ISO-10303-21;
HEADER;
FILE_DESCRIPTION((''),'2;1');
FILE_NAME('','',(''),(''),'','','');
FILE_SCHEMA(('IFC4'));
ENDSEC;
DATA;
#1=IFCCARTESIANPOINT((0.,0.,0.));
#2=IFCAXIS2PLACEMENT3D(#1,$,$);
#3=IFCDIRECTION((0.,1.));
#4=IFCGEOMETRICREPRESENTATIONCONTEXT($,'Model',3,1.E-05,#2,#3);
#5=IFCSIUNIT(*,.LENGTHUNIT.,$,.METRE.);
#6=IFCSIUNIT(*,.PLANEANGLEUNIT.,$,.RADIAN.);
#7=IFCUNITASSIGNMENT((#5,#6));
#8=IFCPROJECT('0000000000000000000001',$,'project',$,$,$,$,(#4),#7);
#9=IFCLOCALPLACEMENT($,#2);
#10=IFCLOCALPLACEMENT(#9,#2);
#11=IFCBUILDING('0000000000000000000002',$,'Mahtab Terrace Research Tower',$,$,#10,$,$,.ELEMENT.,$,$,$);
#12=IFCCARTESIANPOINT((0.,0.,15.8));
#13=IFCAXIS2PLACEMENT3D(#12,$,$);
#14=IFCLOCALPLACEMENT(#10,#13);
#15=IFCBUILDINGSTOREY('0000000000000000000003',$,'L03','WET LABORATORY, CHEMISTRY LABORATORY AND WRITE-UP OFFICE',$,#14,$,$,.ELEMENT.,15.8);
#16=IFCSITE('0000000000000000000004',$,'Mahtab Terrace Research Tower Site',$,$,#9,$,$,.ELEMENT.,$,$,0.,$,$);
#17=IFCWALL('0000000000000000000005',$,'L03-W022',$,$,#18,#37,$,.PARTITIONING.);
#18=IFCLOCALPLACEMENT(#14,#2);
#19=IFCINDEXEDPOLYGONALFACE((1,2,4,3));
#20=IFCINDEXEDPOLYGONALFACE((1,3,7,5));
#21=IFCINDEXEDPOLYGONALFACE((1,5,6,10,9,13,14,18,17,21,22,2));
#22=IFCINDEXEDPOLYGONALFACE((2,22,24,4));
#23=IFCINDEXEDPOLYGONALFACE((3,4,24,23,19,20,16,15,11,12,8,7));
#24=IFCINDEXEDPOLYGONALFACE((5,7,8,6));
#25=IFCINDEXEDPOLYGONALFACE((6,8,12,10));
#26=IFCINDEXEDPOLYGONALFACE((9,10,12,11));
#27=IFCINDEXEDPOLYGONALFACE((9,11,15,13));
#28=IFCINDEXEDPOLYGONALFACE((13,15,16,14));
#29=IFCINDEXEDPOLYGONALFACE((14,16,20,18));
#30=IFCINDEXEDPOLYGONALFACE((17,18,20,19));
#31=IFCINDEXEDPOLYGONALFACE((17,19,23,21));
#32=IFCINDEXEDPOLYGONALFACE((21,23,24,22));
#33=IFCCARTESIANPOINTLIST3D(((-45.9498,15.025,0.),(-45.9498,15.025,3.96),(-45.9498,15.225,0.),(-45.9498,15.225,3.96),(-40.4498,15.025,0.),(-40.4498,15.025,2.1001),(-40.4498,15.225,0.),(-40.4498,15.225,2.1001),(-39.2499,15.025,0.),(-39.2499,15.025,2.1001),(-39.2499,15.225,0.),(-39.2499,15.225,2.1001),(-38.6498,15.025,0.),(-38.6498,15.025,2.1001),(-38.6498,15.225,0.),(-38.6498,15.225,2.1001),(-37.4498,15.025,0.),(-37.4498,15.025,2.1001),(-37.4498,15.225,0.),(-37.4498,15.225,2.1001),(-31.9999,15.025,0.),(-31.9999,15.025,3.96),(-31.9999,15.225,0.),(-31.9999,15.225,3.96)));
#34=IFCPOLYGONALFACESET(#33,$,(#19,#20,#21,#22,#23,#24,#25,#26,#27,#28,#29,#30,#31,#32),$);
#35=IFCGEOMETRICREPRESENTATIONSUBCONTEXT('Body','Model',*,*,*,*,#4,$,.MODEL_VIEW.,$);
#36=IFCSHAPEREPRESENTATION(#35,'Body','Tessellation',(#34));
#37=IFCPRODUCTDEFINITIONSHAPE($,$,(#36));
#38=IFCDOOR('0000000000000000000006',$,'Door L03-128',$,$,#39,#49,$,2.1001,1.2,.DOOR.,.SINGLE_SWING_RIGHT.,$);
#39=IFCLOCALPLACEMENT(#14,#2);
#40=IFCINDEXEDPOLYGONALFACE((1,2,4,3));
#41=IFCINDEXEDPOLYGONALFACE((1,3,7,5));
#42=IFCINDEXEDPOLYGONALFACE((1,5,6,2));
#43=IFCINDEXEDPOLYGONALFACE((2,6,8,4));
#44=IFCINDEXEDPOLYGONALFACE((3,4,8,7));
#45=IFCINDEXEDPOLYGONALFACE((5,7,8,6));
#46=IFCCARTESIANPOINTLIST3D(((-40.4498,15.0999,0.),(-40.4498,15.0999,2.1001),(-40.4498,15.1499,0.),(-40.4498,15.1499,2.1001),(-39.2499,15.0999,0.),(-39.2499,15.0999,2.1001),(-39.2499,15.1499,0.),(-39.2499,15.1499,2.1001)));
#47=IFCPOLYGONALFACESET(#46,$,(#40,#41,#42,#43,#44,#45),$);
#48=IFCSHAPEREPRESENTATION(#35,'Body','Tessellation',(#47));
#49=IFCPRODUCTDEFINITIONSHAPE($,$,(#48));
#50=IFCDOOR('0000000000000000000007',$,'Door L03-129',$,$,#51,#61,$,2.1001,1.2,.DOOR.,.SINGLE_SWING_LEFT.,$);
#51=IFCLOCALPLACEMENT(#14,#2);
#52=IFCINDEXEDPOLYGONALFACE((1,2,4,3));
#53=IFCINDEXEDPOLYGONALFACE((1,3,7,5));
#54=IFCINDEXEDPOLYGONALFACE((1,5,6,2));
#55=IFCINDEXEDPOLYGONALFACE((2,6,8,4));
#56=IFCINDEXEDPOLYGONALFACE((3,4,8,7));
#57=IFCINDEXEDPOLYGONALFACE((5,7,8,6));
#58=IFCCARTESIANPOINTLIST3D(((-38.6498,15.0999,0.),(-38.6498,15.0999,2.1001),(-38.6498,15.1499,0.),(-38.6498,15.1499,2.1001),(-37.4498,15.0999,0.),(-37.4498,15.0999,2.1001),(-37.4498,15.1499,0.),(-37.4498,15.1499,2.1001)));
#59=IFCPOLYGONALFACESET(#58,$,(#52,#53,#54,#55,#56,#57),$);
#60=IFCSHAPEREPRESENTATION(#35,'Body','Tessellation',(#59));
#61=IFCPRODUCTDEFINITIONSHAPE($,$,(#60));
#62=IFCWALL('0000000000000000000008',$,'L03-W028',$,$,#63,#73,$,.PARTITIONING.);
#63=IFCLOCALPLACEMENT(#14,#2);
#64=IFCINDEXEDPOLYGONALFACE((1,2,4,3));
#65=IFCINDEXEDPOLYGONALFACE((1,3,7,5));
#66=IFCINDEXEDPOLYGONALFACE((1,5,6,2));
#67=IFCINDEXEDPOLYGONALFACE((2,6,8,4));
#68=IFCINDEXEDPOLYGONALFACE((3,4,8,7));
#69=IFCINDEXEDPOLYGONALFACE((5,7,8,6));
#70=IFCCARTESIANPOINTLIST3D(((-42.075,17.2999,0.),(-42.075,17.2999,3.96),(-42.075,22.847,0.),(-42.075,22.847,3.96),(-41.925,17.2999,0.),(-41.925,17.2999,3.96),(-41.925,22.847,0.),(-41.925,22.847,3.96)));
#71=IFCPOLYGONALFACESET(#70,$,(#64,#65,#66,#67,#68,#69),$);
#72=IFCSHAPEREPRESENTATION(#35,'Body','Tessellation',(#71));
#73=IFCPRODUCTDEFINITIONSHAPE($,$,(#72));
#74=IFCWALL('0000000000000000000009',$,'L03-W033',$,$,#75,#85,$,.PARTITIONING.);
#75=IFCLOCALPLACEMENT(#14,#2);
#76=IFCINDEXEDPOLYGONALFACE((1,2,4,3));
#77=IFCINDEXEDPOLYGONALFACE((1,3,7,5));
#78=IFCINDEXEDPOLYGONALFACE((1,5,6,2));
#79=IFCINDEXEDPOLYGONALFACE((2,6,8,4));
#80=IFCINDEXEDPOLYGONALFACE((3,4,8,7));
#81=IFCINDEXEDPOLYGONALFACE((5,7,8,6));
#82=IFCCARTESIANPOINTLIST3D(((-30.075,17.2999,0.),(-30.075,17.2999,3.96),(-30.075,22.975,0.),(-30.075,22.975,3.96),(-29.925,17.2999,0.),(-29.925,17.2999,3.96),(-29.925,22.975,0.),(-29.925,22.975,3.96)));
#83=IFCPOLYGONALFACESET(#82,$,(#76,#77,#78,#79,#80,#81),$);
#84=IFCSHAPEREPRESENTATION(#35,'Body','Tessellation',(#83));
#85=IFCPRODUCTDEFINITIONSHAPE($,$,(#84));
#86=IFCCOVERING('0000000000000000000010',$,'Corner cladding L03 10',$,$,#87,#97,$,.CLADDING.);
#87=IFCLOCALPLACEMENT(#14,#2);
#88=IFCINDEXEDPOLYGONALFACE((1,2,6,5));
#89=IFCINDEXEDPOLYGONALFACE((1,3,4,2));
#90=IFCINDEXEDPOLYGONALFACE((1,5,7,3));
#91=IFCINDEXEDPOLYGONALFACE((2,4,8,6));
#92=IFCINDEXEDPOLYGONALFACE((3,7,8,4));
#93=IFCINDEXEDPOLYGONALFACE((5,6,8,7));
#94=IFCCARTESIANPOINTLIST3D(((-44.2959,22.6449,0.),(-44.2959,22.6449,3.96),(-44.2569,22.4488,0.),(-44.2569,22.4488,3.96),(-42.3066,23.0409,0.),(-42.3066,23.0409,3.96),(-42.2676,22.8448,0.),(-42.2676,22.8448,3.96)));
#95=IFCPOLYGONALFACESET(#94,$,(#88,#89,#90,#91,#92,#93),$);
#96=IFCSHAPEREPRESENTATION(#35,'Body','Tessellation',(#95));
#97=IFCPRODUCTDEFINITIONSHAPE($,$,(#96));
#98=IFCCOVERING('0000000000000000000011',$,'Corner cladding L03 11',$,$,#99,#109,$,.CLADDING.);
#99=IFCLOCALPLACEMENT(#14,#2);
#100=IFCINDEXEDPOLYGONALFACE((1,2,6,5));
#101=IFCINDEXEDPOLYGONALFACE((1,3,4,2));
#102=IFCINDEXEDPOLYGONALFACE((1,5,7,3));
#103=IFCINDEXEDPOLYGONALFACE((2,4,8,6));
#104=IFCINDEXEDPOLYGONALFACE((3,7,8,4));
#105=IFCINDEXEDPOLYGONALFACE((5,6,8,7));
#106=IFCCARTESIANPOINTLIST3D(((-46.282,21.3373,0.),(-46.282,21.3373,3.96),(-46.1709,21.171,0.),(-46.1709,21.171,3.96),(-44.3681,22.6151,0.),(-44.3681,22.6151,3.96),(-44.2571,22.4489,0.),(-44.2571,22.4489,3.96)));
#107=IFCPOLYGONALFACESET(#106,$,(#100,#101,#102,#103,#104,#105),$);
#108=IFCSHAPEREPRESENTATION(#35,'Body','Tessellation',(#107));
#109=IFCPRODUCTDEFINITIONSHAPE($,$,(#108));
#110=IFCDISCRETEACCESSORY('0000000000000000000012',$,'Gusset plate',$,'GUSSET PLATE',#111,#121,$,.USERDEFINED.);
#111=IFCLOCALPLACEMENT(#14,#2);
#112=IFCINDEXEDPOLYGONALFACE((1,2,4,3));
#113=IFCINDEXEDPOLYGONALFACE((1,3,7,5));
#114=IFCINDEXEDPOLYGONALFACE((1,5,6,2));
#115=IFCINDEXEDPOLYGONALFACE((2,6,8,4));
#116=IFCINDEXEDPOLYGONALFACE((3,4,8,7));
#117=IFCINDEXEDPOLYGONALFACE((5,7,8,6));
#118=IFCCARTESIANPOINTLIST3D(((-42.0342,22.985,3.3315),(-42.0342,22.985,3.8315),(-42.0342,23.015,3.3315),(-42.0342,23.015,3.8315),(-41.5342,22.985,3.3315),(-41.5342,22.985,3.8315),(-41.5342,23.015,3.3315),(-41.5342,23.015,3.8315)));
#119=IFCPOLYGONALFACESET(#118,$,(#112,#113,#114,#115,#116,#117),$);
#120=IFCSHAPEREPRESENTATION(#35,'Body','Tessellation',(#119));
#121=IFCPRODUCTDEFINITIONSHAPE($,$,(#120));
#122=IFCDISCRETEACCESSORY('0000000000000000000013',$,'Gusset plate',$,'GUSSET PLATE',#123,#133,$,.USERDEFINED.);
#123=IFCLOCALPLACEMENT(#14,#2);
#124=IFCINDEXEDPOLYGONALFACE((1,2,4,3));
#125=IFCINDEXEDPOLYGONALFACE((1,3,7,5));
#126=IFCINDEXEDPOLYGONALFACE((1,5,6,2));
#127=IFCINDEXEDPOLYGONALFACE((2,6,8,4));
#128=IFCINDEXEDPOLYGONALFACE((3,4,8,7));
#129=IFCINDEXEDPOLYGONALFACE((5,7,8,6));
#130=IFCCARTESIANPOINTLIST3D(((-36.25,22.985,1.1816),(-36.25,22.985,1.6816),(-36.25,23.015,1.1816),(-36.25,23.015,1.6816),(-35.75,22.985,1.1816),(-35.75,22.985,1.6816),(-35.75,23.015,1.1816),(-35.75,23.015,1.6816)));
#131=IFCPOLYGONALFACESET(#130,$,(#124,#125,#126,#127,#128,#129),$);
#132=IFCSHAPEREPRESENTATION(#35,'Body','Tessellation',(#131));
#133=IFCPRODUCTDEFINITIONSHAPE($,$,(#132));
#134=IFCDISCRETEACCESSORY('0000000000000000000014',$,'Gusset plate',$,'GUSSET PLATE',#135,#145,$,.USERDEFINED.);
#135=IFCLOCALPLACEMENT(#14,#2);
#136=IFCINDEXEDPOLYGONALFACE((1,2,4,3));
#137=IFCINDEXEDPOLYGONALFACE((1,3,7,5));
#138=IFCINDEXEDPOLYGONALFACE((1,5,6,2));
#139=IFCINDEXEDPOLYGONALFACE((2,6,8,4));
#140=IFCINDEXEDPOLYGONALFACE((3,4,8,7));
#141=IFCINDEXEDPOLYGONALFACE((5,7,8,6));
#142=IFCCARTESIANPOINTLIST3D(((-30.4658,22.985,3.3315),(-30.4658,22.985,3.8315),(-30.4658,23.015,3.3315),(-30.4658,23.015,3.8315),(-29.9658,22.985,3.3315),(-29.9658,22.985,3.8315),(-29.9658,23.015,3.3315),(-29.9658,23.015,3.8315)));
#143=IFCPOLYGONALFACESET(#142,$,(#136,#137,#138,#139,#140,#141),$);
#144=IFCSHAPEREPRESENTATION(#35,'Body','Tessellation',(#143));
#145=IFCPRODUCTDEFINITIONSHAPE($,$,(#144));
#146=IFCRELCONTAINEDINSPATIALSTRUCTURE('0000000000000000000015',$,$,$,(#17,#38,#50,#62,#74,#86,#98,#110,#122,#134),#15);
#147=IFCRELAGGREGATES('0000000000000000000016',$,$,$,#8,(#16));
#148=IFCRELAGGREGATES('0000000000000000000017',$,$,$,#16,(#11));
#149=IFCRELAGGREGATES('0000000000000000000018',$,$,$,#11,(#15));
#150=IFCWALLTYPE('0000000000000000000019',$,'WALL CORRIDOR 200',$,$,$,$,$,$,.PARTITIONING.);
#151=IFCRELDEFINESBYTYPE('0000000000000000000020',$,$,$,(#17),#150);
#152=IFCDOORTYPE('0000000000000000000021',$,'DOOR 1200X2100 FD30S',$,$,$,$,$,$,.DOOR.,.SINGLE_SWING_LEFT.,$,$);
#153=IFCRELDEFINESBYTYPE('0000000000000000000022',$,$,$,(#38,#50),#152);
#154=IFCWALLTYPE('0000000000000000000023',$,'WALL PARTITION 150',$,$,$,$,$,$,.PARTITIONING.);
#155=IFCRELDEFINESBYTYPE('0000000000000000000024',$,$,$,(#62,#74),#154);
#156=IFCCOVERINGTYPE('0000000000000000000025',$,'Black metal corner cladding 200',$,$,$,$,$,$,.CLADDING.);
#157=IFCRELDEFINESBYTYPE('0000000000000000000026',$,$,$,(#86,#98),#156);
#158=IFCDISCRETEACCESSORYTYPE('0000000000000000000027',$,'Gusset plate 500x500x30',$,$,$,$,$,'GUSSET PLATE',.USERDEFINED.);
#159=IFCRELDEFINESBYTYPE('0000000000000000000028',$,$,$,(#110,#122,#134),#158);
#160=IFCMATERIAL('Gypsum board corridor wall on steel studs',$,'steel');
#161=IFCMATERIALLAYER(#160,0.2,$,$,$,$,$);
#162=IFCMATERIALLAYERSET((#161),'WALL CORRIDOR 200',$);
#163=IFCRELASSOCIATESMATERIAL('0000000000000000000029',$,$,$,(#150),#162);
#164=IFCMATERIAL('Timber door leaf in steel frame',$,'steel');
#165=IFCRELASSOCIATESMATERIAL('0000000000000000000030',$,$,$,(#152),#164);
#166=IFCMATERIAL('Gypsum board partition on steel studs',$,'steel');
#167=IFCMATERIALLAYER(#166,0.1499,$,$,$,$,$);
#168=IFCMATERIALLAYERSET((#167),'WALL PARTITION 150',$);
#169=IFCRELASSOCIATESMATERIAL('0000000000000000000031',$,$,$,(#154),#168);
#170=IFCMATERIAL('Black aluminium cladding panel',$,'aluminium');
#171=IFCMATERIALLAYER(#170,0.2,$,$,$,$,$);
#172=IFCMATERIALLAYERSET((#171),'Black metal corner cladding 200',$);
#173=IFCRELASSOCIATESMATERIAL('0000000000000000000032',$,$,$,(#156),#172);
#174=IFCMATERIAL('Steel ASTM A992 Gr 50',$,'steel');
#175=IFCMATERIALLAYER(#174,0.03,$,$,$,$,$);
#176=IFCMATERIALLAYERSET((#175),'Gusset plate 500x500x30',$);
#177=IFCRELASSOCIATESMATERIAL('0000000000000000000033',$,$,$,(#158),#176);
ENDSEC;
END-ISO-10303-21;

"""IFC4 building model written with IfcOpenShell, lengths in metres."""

from ifc_helpers import new_model, si_unit, direction, frame, frame_2d, origin, origin_2d, place, context, subcontext, project, spatial, rectangle, extrude, material, layer, layer_set, type_object, element, fill, save


model = new_model("IFC4")

# Units and contexts
model_context = context("Model", 3, precision=1e-05, world=origin(), true_north=direction((0.0, 1.0)))
body_context = subcontext(model_context, "Body", "Model", "MODEL_VIEW")
ifc_project = project(units=[si_unit("LENGTHUNIT", "METRE"), si_unit("PLANEANGLEUNIT", "RADIAN")], contexts=[model_context])

# Site, building, storey
site_placement = place(None, origin())
site = spatial("IfcSite", under=ifc_project, at=site_placement, Name="Mahtab Terrace Research Tower Site", CompositionType="ELEMENT", RefElevation=0.0)
building_placement = place(site_placement, origin())
building = spatial("IfcBuilding", under=site, at=building_placement, Name="Mahtab Terrace Research Tower", CompositionType="ELEMENT")
storey_placement = place(building_placement, frame((0.0, 0.0, 15.8)))
storey = spatial("IfcBuildingStorey", under=building, at=storey_placement, Name="L03", Description="WET LABORATORY, CHEMISTRY LABORATORY AND WRITE-UP OFFICE", CompositionType="ELEMENT", Elevation=15.8)

# Shared definitions
ifc_material_1 = material(Name="Steel ASTM A992 Gr 50", Category="steel")

# Shared definitions
ifc_material_2 = material(Name="Black aluminium cladding panel", Category="aluminium")

# Wall, openings, doors
ifc_material_3 = material(Name="Gypsum board corridor wall on steel studs", Category="steel")
ifc_layer_1 = layer(ifc_material_3, 0.2)
ifc_layer_set_1 = layer_set([ifc_layer_1], Name="WALL CORRIDOR 200")
wall_type_1 = type_object("IfcWallType", Name="WALL CORRIDOR 200", PredefinedType="PARTITIONING", material=ifc_layer_set_1)
wall_1_placement = place(storey_placement, frame((-45.95, 15.125, 0.0), z_axis=(0.0, 0.0, 1.0), x_axis=(1.0, 0.0, 0.0)))
wall_1 = element("IfcWall", 1, at=wall_1_placement, inside=storey, type_object=wall_type_1, Name="L03-W022", PredefinedType="PARTITIONING", context=body_context, shape_type="SweptSolid", body=[
    extrude(rectangle(XDim=13.95, YDim=0.2, at=frame_2d((6.9751, 0.0))), origin(), (0.0, 0.0, 1.0), 3.96),
])
opening_1_placement = place(wall_1_placement, frame((5.5, 0.0, 0.0)))
opening_1 = element("IfcOpeningElement", 2, at=opening_1_placement, cuts=wall_1, PredefinedType="OPENING", context=body_context, shape_type="SweptSolid", body=[
    extrude(rectangle(XDim=1.2, YDim=2.1001, at=frame_2d((0.6001, 1.05))), frame((0.0, 0.1099, 0.0), z_axis=(0.0, -1.0, 0.0), x_axis=(1.0, 0.0, 0.0)), (0.0, 0.0, 1.0), 0.22),
])
opening_2_placement = place(wall_1_placement, frame((7.3, 0.0, 0.0)))
opening_2 = element("IfcOpeningElement", 3, at=opening_2_placement, cuts=wall_1, PredefinedType="OPENING", context=body_context, shape_type="SweptSolid", body=[
    extrude(rectangle(XDim=1.2, YDim=2.1001, at=frame_2d((0.6001, 1.05))), frame((0.0, 0.1099, 0.0), z_axis=(0.0, -1.0, 0.0), x_axis=(1.0, 0.0, 0.0)), (0.0, 0.0, 1.0), 0.22),
])
ifc_material_4 = material(Name="Timber door leaf in steel frame", Category="steel")
door_type = type_object("IfcDoorType", Name="DOOR 1200X2100 FD30S", OperationType="SINGLE_SWING_LEFT", PredefinedType="DOOR", material=ifc_material_4)
door_1_placement = place(opening_1_placement, origin())
door_1 = element("IfcDoor", 4, at=door_1_placement, inside=storey, type_object=door_type, Name="Door L03-128", OperationType="SINGLE_SWING_RIGHT", OverallHeight=2.1001, OverallWidth=1.2, PredefinedType="DOOR", context=body_context, shape_type="SweptSolid", body=[
    extrude(rectangle(XDim=1.2, YDim=2.1001, at=frame_2d((0.6001, 1.05))), frame((0.0, 0.0249, 0.0), z_axis=(0.0, -1.0, 0.0), x_axis=(1.0, 0.0, 0.0)), (0.0, 0.0, 1.0), 0.05),
])
fill(opening_1, door_1)
door_2_placement = place(opening_2_placement, origin())
door_2 = element("IfcDoor", 5, at=door_2_placement, inside=storey, type_object=door_type, Name="Door L03-129", OperationType="SINGLE_SWING_LEFT", OverallHeight=2.1001, OverallWidth=1.2, PredefinedType="DOOR", context=body_context, shape_type="SweptSolid", body=[
    extrude(rectangle(XDim=1.2, YDim=2.1001, at=frame_2d((0.6001, 1.05))), frame((0.0, 0.0249, 0.0), z_axis=(0.0, -1.0, 0.0), x_axis=(1.0, 0.0, 0.0)), (0.0, 0.0, 1.0), 0.05),
])
fill(opening_2, door_2)

# Walls
ifc_material_5 = material(Name="Gypsum board partition on steel studs", Category="steel")
ifc_layer_2 = layer(ifc_material_5, 0.1499)
ifc_layer_set_2 = layer_set([ifc_layer_2], Name="WALL PARTITION 150")
wall_type_2 = type_object("IfcWallType", Name="WALL PARTITION 150", PredefinedType="PARTITIONING", material=ifc_layer_set_2)
wall_2_placement = place(storey_placement, frame((-42.0, 17.3, 0.0), z_axis=(0.0, 0.0, 1.0), x_axis=(0.0, 1.0, 0.0)))
element("IfcWall", 6, at=wall_2_placement, inside=storey, type_object=wall_type_2, Name="L03-W028", PredefinedType="PARTITIONING", context=body_context, shape_type="SweptSolid", body=[
    extrude(rectangle(XDim=5.5471, YDim=0.1499, at=frame_2d((2.7734, 0.0))), origin(), (0.0, 0.0, 1.0), 3.96),
])
wall_3_placement = place(storey_placement, frame((-30.0, 17.3, 0.0), z_axis=(0.0, 0.0, 1.0), x_axis=(0.0, 1.0, 0.0)))
element("IfcWall", 7, at=wall_3_placement, inside=storey, type_object=wall_type_2, Name="L03-W033", PredefinedType="PARTITIONING", context=body_context, shape_type="SweptSolid", body=[
    extrude(rectangle(XDim=5.675, YDim=0.1499, at=frame_2d((2.8374, 0.0))), origin(), (0.0, 0.0, 1.0), 3.96),
])

# Coverings
ifc_layer_3 = layer(ifc_material_2, 0.2)
ifc_layer_set_3 = layer_set([ifc_layer_3], Name="Black metal corner cladding 200")
covering_type = type_object("IfcCoveringType", Name="Black metal corner cladding 200", PredefinedType="CLADDING", material=ifc_layer_set_3)
covering_1_placement = place(storey_placement, frame((-43.2817, 22.7449, 0.0), z_axis=(0.0, 0.0, 1.0), x_axis=(-0.980761, -0.195212, 0.0)))
element("IfcCovering", 8, at=covering_1_placement, inside=storey, type_object=covering_type, Name="Corner cladding L03 10", PredefinedType="CLADDING", context=body_context, shape_type="SweptSolid", body=[
    extrude(rectangle(XDim=2.0283, YDim=0.2, at=origin_2d()), origin(), (0.0, 0.0, 1.0), 3.96),
])
covering_2_placement = place(storey_placement, frame((-45.2695, 21.8931, 0.0), z_axis=(0.0, 0.0, 1.0), x_axis=(-0.831656, -0.555291, 0.0)))
element("IfcCovering", 9, at=covering_2_placement, inside=storey, type_object=covering_type, Name="Corner cladding L03 11", PredefinedType="CLADDING", context=body_context, shape_type="SweptSolid", body=[
    extrude(rectangle(XDim=2.3013, YDim=0.2, at=origin_2d()), origin(), (0.0, 0.0, 1.0), 3.96),
])

# Discrete accessories
ifc_layer_4 = layer(ifc_material_1, 0.03)
ifc_layer_set_4 = layer_set([ifc_layer_4], Name="Gusset plate 500x500x30")
discrete_accessory_type = type_object("IfcDiscreteAccessoryType", Name="Gusset plate 500x500x30", ElementType="GUSSET PLATE", PredefinedType="USERDEFINED", material=ifc_layer_set_4)
for number, where, z_axis, x_axis, name in (
    (10, (-41.7842, 23.0, 3.3315), (0.0, 0.0, 1.0), (1.0, 0.0, 0.0), "Gusset plate"),
    (11, (-36.0, 23.0, 1.1816), (0.0, 0.0, 1.0), (1.0, 0.0, 0.0), "Gusset plate"),
    (12, (-30.2158, 23.0, 3.3315), (0.0, 0.0, 1.0), (1.0, 0.0, 0.0), "Gusset plate"),
):
    element("IfcDiscreteAccessory", number, at=place(storey_placement, frame(where, z_axis=z_axis, x_axis=x_axis)), inside=storey, type_object=discrete_accessory_type, Name=name, ObjectType="GUSSET PLATE", PredefinedType="USERDEFINED", context=body_context, shape_type="SweptSolid", body=[
        extrude(rectangle(XDim=0.5, YDim=0.03, at=origin_2d()), origin(), (0.0, 0.0, 1.0), 0.5),
    ])

save(model, "model.ifc")
